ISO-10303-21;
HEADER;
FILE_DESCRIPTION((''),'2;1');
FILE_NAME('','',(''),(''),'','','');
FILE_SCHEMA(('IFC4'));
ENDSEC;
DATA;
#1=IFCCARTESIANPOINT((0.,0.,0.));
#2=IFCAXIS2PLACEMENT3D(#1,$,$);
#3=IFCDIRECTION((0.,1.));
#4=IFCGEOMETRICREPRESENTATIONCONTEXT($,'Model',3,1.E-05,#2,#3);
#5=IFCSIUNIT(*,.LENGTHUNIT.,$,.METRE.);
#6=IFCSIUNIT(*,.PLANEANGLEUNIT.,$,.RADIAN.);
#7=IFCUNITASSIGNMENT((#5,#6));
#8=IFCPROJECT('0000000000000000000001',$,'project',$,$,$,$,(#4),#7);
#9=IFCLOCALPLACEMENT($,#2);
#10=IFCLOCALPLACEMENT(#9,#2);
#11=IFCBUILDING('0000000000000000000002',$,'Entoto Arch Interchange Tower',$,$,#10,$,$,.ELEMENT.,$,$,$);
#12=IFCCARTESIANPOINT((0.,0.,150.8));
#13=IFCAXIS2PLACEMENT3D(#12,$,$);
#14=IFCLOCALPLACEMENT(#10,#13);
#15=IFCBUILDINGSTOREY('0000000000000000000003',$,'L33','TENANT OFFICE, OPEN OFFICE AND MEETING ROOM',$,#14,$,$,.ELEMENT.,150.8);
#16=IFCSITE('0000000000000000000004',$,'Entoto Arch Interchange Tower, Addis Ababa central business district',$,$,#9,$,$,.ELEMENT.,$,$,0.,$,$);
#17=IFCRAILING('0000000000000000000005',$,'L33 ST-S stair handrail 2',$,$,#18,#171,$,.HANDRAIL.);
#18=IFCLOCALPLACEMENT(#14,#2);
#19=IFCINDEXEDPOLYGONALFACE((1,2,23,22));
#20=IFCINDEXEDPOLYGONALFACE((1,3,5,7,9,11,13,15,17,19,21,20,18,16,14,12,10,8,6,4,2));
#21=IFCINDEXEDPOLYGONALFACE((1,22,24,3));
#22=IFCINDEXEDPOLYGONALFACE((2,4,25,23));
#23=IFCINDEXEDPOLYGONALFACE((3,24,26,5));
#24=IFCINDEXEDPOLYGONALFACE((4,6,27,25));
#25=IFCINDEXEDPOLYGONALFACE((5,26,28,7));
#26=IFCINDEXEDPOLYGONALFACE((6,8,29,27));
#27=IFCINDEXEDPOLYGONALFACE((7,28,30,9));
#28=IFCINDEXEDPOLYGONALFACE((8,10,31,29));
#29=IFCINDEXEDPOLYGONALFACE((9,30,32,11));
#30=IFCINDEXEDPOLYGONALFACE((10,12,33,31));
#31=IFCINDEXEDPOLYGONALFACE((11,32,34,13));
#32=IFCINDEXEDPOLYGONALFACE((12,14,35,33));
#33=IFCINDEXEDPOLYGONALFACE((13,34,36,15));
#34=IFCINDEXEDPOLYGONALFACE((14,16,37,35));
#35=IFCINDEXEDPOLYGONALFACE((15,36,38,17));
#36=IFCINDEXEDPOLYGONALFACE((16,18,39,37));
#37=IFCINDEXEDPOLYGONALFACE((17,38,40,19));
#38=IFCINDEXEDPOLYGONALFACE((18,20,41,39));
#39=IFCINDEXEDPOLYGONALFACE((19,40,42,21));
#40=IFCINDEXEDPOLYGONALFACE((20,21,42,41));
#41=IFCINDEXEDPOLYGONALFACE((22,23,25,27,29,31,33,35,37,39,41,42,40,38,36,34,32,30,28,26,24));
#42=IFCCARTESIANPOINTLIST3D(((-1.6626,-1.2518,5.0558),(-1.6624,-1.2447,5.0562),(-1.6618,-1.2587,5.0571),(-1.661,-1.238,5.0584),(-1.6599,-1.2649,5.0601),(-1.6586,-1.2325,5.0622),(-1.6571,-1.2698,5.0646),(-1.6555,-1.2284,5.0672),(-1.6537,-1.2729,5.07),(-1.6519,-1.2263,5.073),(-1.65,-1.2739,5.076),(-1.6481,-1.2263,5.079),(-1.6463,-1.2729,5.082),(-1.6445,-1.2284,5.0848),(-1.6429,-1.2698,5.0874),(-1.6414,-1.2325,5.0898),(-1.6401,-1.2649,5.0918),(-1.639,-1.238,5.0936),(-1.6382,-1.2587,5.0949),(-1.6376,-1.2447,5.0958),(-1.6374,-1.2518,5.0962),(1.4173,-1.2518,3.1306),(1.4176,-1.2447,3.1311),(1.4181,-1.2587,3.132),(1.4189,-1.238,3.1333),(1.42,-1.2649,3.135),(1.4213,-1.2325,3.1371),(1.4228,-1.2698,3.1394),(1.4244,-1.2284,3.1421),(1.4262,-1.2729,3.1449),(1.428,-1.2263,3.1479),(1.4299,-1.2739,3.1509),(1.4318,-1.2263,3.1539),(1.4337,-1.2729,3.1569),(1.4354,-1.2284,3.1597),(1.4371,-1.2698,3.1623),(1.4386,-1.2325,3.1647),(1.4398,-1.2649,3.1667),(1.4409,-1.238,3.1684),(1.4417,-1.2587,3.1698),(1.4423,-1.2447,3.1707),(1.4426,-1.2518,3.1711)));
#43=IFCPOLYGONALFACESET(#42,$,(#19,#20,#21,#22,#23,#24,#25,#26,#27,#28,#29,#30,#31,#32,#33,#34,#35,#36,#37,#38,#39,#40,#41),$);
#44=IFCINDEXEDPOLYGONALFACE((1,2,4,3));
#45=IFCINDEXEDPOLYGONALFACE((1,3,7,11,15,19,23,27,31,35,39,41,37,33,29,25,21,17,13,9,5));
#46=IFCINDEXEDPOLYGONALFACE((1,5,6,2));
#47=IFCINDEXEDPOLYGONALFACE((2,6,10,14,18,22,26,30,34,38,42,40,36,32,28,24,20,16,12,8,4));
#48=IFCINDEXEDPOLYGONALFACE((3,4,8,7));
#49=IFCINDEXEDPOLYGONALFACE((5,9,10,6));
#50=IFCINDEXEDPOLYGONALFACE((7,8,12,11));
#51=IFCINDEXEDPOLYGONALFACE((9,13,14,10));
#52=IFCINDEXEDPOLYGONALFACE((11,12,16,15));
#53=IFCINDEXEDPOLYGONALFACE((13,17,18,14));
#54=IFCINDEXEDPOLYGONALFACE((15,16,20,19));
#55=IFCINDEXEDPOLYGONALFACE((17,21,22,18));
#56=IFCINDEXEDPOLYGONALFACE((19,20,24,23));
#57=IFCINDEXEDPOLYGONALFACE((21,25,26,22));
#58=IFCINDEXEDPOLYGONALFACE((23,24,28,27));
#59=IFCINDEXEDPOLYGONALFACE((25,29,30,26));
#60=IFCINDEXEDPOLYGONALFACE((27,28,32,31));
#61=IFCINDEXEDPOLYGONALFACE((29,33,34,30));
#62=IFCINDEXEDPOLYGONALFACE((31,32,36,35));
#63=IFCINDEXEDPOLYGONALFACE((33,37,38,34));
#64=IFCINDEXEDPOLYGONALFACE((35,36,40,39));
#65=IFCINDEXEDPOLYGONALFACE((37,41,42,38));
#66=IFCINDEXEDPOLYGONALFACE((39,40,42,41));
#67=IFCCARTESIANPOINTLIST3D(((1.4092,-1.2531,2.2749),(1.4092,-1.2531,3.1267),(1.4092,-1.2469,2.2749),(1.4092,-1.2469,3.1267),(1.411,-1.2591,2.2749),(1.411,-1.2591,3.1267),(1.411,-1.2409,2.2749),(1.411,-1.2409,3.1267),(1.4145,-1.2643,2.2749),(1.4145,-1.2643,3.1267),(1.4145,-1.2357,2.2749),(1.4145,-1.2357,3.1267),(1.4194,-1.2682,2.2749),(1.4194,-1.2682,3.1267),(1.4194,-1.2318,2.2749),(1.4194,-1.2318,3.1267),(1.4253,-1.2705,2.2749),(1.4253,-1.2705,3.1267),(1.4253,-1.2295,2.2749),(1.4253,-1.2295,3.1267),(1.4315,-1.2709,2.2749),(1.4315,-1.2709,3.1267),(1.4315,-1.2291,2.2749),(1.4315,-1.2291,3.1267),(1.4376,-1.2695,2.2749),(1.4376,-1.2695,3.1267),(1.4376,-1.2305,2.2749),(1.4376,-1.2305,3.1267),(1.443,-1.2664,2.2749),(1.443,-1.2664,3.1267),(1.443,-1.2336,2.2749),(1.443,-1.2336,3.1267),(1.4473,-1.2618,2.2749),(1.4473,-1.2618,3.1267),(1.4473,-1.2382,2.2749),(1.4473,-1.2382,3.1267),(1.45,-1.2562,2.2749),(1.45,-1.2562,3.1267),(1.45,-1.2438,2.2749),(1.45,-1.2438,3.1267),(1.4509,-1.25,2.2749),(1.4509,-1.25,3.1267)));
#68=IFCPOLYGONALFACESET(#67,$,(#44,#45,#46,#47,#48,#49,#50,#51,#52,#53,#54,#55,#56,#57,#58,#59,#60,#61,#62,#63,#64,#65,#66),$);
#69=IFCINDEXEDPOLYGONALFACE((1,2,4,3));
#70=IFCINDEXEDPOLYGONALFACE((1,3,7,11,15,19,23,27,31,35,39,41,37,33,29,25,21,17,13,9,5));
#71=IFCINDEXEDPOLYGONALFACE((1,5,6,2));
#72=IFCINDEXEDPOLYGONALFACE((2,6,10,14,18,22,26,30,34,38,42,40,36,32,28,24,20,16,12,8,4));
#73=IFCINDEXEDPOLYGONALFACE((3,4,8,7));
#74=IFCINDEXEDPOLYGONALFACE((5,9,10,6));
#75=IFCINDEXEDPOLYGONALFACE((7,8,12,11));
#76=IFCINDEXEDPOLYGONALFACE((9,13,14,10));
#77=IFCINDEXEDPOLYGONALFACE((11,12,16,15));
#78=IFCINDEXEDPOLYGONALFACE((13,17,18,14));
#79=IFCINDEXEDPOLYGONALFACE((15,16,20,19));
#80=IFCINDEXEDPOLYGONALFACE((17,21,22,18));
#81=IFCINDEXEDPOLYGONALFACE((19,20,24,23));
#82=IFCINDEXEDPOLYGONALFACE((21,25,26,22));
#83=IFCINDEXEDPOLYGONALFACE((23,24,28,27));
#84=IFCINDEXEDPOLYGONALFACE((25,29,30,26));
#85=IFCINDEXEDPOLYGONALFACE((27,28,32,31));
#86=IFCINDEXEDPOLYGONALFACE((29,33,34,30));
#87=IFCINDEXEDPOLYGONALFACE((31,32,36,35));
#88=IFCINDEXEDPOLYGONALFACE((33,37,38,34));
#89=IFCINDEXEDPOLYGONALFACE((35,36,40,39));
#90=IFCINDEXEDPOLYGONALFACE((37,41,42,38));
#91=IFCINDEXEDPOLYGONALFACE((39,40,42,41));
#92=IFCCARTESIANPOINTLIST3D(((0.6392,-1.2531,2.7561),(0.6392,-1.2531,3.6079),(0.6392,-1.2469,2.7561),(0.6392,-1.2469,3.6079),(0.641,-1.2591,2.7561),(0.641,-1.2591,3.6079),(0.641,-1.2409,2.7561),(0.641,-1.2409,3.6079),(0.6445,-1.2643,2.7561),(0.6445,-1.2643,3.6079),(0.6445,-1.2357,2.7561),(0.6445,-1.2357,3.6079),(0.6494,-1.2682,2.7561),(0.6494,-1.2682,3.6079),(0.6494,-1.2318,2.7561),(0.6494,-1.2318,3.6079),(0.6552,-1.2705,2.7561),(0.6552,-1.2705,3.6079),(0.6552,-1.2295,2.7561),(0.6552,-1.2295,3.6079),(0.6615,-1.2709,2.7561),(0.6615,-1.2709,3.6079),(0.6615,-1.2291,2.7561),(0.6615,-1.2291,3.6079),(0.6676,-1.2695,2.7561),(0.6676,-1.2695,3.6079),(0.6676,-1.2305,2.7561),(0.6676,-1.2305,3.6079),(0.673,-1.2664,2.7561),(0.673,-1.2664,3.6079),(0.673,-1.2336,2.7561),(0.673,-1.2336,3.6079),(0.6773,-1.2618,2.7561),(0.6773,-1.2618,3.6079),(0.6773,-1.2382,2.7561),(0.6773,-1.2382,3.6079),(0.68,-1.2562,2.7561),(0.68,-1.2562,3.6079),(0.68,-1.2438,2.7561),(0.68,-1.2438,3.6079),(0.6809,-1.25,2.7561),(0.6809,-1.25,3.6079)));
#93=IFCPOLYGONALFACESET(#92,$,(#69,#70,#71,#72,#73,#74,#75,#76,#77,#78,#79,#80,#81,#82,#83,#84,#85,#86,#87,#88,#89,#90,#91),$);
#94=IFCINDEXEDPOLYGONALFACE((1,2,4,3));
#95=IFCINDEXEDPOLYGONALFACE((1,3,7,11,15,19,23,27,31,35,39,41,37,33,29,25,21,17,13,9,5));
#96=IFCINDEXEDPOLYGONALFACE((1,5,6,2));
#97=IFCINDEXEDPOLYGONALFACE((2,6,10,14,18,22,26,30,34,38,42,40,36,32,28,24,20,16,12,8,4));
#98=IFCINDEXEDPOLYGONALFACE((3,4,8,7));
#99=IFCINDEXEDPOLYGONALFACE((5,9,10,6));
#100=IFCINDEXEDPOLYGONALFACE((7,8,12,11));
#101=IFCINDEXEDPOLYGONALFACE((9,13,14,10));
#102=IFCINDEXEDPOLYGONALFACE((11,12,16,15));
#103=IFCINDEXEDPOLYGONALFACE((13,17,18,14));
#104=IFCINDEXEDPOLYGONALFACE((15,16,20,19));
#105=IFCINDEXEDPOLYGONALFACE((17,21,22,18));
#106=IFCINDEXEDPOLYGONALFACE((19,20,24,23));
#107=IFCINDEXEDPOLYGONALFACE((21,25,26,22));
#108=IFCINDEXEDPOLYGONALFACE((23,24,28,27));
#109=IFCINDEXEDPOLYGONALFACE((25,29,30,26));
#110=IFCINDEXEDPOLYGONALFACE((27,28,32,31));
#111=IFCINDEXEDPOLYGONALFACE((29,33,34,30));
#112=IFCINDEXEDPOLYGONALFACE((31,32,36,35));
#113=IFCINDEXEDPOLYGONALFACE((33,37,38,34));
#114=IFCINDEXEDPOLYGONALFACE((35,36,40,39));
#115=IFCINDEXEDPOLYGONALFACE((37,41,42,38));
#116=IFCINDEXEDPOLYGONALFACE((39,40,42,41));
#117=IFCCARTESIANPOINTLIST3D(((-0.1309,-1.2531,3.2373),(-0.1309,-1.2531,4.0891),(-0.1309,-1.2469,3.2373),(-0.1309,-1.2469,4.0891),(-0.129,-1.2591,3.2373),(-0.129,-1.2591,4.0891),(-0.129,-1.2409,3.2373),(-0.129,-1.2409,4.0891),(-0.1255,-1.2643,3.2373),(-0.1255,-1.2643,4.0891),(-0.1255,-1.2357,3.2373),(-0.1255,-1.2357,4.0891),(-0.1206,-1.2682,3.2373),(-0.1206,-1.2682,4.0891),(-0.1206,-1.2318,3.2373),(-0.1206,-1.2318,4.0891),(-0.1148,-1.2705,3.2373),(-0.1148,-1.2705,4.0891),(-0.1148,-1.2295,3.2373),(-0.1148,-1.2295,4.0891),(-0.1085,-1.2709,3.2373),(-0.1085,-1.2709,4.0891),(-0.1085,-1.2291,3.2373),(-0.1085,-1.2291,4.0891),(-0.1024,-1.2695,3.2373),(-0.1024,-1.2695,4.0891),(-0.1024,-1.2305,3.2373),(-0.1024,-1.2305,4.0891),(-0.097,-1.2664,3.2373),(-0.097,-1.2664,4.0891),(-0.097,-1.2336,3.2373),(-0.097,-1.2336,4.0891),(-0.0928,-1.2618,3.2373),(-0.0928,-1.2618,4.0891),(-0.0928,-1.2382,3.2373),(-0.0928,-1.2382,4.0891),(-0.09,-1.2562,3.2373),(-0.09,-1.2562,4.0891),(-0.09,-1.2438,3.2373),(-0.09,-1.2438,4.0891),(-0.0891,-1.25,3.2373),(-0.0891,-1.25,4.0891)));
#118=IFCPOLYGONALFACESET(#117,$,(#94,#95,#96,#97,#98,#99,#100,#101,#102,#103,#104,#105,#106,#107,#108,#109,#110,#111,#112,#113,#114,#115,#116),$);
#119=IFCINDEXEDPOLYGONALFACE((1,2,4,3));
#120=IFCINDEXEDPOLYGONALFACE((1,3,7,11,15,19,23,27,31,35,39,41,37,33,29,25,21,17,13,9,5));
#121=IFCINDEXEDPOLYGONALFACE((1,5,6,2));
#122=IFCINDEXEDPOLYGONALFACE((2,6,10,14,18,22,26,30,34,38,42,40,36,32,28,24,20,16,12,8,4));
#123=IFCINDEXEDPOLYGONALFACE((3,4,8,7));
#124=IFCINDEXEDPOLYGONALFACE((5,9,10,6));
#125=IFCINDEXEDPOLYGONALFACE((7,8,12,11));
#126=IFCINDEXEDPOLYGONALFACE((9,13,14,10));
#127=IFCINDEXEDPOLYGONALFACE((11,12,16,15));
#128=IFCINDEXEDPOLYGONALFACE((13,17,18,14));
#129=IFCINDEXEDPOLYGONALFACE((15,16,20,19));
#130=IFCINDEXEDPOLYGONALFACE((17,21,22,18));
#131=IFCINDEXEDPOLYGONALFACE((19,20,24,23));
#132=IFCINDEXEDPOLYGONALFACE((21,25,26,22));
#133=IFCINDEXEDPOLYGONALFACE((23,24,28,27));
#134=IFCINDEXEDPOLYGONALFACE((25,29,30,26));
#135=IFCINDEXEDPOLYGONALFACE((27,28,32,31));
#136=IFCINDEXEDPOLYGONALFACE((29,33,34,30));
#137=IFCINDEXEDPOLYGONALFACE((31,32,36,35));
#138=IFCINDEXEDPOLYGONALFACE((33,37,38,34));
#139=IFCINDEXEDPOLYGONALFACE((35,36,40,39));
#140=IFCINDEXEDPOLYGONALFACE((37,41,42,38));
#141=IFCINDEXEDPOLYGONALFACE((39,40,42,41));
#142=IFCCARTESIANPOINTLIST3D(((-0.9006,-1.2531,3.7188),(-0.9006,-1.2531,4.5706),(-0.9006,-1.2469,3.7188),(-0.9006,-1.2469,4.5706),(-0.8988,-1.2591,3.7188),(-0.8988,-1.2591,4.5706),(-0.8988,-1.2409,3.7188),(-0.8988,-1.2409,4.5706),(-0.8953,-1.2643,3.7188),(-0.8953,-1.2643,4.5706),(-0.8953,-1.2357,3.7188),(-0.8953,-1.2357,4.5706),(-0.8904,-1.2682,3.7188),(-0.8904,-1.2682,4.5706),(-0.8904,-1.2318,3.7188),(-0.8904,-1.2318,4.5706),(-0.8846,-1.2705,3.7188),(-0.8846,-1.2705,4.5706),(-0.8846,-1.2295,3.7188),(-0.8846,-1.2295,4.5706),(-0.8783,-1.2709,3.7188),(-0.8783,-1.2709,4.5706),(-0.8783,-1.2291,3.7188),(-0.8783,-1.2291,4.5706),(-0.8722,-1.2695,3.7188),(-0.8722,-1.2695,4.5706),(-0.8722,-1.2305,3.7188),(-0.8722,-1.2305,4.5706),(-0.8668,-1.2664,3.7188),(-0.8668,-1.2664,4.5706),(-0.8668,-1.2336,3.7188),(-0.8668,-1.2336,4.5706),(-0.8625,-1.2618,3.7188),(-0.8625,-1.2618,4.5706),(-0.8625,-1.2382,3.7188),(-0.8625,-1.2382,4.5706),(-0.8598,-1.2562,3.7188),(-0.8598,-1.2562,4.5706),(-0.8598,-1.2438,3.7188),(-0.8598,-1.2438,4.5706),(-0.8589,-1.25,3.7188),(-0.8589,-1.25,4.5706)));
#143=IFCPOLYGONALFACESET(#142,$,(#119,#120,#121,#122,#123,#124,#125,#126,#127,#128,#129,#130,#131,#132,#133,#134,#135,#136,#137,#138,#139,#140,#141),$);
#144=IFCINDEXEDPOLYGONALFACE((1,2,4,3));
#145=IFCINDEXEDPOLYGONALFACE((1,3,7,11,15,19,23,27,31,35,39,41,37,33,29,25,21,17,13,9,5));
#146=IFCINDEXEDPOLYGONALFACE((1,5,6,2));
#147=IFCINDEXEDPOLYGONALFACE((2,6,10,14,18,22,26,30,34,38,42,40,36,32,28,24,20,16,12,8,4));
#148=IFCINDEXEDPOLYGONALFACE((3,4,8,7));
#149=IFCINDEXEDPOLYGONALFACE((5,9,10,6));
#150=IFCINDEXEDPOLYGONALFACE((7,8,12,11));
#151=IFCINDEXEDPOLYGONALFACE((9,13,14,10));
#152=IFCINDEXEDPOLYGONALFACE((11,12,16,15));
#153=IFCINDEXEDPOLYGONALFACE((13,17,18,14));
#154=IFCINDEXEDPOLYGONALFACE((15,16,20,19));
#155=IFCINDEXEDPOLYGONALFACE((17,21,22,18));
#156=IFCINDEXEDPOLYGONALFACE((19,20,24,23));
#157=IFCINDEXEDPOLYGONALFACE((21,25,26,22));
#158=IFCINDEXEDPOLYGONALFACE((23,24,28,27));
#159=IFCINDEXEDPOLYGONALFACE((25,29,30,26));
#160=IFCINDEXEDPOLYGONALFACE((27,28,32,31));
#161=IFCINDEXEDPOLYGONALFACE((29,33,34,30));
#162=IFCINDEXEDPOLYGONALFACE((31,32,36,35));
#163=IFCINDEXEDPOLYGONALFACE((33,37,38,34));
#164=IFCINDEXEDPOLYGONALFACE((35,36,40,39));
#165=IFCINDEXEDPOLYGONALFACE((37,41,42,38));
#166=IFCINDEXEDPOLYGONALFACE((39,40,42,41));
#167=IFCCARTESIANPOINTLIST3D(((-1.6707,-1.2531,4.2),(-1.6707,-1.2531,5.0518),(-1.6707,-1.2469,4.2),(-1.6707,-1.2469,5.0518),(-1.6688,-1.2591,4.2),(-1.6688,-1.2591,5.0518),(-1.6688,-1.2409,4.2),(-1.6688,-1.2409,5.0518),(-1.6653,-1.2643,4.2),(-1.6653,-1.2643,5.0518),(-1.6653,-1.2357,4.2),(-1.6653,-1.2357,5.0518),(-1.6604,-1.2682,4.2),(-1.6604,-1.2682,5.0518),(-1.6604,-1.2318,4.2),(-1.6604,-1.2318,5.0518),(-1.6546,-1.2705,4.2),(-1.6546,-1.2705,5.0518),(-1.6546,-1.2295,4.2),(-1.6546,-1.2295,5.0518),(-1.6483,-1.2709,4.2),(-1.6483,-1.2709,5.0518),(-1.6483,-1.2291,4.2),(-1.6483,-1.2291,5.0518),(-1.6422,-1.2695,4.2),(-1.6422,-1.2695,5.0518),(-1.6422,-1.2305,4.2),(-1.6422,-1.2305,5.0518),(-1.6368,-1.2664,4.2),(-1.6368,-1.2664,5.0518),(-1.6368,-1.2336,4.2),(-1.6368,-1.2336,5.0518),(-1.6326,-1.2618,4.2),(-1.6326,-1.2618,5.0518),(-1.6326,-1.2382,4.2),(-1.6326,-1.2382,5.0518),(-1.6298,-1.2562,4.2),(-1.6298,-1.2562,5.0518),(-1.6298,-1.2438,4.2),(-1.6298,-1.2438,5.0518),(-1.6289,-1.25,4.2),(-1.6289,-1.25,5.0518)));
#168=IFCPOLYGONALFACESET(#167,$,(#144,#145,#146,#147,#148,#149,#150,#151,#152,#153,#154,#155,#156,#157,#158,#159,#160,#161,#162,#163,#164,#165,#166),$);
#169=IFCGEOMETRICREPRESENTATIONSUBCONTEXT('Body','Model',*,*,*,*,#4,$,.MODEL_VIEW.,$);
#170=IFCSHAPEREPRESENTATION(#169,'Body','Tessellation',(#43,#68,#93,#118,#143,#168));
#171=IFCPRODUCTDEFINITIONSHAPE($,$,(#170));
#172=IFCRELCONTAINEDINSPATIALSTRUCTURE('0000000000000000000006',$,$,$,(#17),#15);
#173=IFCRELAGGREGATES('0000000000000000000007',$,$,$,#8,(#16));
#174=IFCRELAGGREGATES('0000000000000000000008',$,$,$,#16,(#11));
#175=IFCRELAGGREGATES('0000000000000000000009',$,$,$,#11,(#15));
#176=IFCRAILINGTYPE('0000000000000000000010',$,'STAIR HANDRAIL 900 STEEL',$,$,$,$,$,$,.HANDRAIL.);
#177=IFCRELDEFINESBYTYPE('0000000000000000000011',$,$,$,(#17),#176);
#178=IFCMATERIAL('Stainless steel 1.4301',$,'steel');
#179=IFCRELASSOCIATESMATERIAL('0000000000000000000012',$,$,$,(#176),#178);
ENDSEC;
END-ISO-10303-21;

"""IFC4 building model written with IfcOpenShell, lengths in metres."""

from ifc_helpers import new_model, si_unit, direction, frame, origin, origin_2d, place, context, subcontext, project, spatial, circle, extrude, material, type_object, element, save


model = new_model("IFC4")

# Units and contexts
model_context = context("Model", 3, precision=1e-05, world=origin(), true_north=direction((0.0, 1.0)))
body_context = subcontext(model_context, "Body", "Model", "MODEL_VIEW")
ifc_project = project(units=[si_unit("LENGTHUNIT", "METRE"), si_unit("PLANEANGLEUNIT", "RADIAN")], contexts=[model_context])

# Site, building, storey
site_placement = place(None, origin())
site = spatial("IfcSite", under=ifc_project, at=site_placement, Name="Entoto Arch Interchange Tower, Addis Ababa central business district", CompositionType="ELEMENT", RefElevation=0.0)
building_placement = place(site_placement, origin())
building = spatial("IfcBuilding", under=site, at=building_placement, Name="Entoto Arch Interchange Tower", CompositionType="ELEMENT")
storey_placement = place(building_placement, frame((0.0, 0.0, 150.8)))
storey = spatial("IfcBuildingStorey", under=building, at=storey_placement, Name="L33", Description="TENANT OFFICE, OPEN OFFICE AND MEETING ROOM", CompositionType="ELEMENT", Elevation=150.8)

# Railing
ifc_material_1 = material(Name="Stainless steel 1.4301", Category="steel")
railing_type_1 = type_object("IfcRailingType", Name="STAIR HANDRAIL 900 STEEL", PredefinedType="HANDRAIL", material=ifc_material_1)
railing_1_placement = place(storey_placement, frame((1.4299, -1.25, 2.2749)))
element("IfcRailing", 1, at=railing_1_placement, inside=storey, type_object=railing_type_1, Name="L33 ST-S stair handrail 2", PredefinedType="HANDRAIL", context=body_context, shape_type="SweptSolid", body=[
    extrude(circle(Radius=0.0239, at=origin_2d()), frame((0.0, 0.0, 0.876), z_axis=(-0.847979, 0.0, 0.530029), x_axis=(0.0, -1.0, 0.0)), (0.0, 0.0, 1.0), 3.6321),
    extrude(circle(Radius=0.021, at=origin_2d()), origin(), (0.0, 0.0, 1.0), 0.8518),
    extrude(circle(Radius=0.021, at=origin_2d()), frame((-0.77, 0.0, 0.4812)), (0.0, 0.0, 1.0), 0.8518),
    extrude(circle(Radius=0.021, at=origin_2d()), frame((-1.54, 0.0, 0.9624)), (0.0, 0.0, 1.0), 0.8518),
    extrude(circle(Radius=0.021, at=origin_2d()), frame((-2.3098, 0.0, 1.4438)), (0.0, 0.0, 1.0), 0.8518),
    extrude(circle(Radius=0.021, at=origin_2d()), frame((-3.0798, 0.0, 1.925)), (0.0, 0.0, 1.0), 0.8518),
])

save(model, "model.ifc")
